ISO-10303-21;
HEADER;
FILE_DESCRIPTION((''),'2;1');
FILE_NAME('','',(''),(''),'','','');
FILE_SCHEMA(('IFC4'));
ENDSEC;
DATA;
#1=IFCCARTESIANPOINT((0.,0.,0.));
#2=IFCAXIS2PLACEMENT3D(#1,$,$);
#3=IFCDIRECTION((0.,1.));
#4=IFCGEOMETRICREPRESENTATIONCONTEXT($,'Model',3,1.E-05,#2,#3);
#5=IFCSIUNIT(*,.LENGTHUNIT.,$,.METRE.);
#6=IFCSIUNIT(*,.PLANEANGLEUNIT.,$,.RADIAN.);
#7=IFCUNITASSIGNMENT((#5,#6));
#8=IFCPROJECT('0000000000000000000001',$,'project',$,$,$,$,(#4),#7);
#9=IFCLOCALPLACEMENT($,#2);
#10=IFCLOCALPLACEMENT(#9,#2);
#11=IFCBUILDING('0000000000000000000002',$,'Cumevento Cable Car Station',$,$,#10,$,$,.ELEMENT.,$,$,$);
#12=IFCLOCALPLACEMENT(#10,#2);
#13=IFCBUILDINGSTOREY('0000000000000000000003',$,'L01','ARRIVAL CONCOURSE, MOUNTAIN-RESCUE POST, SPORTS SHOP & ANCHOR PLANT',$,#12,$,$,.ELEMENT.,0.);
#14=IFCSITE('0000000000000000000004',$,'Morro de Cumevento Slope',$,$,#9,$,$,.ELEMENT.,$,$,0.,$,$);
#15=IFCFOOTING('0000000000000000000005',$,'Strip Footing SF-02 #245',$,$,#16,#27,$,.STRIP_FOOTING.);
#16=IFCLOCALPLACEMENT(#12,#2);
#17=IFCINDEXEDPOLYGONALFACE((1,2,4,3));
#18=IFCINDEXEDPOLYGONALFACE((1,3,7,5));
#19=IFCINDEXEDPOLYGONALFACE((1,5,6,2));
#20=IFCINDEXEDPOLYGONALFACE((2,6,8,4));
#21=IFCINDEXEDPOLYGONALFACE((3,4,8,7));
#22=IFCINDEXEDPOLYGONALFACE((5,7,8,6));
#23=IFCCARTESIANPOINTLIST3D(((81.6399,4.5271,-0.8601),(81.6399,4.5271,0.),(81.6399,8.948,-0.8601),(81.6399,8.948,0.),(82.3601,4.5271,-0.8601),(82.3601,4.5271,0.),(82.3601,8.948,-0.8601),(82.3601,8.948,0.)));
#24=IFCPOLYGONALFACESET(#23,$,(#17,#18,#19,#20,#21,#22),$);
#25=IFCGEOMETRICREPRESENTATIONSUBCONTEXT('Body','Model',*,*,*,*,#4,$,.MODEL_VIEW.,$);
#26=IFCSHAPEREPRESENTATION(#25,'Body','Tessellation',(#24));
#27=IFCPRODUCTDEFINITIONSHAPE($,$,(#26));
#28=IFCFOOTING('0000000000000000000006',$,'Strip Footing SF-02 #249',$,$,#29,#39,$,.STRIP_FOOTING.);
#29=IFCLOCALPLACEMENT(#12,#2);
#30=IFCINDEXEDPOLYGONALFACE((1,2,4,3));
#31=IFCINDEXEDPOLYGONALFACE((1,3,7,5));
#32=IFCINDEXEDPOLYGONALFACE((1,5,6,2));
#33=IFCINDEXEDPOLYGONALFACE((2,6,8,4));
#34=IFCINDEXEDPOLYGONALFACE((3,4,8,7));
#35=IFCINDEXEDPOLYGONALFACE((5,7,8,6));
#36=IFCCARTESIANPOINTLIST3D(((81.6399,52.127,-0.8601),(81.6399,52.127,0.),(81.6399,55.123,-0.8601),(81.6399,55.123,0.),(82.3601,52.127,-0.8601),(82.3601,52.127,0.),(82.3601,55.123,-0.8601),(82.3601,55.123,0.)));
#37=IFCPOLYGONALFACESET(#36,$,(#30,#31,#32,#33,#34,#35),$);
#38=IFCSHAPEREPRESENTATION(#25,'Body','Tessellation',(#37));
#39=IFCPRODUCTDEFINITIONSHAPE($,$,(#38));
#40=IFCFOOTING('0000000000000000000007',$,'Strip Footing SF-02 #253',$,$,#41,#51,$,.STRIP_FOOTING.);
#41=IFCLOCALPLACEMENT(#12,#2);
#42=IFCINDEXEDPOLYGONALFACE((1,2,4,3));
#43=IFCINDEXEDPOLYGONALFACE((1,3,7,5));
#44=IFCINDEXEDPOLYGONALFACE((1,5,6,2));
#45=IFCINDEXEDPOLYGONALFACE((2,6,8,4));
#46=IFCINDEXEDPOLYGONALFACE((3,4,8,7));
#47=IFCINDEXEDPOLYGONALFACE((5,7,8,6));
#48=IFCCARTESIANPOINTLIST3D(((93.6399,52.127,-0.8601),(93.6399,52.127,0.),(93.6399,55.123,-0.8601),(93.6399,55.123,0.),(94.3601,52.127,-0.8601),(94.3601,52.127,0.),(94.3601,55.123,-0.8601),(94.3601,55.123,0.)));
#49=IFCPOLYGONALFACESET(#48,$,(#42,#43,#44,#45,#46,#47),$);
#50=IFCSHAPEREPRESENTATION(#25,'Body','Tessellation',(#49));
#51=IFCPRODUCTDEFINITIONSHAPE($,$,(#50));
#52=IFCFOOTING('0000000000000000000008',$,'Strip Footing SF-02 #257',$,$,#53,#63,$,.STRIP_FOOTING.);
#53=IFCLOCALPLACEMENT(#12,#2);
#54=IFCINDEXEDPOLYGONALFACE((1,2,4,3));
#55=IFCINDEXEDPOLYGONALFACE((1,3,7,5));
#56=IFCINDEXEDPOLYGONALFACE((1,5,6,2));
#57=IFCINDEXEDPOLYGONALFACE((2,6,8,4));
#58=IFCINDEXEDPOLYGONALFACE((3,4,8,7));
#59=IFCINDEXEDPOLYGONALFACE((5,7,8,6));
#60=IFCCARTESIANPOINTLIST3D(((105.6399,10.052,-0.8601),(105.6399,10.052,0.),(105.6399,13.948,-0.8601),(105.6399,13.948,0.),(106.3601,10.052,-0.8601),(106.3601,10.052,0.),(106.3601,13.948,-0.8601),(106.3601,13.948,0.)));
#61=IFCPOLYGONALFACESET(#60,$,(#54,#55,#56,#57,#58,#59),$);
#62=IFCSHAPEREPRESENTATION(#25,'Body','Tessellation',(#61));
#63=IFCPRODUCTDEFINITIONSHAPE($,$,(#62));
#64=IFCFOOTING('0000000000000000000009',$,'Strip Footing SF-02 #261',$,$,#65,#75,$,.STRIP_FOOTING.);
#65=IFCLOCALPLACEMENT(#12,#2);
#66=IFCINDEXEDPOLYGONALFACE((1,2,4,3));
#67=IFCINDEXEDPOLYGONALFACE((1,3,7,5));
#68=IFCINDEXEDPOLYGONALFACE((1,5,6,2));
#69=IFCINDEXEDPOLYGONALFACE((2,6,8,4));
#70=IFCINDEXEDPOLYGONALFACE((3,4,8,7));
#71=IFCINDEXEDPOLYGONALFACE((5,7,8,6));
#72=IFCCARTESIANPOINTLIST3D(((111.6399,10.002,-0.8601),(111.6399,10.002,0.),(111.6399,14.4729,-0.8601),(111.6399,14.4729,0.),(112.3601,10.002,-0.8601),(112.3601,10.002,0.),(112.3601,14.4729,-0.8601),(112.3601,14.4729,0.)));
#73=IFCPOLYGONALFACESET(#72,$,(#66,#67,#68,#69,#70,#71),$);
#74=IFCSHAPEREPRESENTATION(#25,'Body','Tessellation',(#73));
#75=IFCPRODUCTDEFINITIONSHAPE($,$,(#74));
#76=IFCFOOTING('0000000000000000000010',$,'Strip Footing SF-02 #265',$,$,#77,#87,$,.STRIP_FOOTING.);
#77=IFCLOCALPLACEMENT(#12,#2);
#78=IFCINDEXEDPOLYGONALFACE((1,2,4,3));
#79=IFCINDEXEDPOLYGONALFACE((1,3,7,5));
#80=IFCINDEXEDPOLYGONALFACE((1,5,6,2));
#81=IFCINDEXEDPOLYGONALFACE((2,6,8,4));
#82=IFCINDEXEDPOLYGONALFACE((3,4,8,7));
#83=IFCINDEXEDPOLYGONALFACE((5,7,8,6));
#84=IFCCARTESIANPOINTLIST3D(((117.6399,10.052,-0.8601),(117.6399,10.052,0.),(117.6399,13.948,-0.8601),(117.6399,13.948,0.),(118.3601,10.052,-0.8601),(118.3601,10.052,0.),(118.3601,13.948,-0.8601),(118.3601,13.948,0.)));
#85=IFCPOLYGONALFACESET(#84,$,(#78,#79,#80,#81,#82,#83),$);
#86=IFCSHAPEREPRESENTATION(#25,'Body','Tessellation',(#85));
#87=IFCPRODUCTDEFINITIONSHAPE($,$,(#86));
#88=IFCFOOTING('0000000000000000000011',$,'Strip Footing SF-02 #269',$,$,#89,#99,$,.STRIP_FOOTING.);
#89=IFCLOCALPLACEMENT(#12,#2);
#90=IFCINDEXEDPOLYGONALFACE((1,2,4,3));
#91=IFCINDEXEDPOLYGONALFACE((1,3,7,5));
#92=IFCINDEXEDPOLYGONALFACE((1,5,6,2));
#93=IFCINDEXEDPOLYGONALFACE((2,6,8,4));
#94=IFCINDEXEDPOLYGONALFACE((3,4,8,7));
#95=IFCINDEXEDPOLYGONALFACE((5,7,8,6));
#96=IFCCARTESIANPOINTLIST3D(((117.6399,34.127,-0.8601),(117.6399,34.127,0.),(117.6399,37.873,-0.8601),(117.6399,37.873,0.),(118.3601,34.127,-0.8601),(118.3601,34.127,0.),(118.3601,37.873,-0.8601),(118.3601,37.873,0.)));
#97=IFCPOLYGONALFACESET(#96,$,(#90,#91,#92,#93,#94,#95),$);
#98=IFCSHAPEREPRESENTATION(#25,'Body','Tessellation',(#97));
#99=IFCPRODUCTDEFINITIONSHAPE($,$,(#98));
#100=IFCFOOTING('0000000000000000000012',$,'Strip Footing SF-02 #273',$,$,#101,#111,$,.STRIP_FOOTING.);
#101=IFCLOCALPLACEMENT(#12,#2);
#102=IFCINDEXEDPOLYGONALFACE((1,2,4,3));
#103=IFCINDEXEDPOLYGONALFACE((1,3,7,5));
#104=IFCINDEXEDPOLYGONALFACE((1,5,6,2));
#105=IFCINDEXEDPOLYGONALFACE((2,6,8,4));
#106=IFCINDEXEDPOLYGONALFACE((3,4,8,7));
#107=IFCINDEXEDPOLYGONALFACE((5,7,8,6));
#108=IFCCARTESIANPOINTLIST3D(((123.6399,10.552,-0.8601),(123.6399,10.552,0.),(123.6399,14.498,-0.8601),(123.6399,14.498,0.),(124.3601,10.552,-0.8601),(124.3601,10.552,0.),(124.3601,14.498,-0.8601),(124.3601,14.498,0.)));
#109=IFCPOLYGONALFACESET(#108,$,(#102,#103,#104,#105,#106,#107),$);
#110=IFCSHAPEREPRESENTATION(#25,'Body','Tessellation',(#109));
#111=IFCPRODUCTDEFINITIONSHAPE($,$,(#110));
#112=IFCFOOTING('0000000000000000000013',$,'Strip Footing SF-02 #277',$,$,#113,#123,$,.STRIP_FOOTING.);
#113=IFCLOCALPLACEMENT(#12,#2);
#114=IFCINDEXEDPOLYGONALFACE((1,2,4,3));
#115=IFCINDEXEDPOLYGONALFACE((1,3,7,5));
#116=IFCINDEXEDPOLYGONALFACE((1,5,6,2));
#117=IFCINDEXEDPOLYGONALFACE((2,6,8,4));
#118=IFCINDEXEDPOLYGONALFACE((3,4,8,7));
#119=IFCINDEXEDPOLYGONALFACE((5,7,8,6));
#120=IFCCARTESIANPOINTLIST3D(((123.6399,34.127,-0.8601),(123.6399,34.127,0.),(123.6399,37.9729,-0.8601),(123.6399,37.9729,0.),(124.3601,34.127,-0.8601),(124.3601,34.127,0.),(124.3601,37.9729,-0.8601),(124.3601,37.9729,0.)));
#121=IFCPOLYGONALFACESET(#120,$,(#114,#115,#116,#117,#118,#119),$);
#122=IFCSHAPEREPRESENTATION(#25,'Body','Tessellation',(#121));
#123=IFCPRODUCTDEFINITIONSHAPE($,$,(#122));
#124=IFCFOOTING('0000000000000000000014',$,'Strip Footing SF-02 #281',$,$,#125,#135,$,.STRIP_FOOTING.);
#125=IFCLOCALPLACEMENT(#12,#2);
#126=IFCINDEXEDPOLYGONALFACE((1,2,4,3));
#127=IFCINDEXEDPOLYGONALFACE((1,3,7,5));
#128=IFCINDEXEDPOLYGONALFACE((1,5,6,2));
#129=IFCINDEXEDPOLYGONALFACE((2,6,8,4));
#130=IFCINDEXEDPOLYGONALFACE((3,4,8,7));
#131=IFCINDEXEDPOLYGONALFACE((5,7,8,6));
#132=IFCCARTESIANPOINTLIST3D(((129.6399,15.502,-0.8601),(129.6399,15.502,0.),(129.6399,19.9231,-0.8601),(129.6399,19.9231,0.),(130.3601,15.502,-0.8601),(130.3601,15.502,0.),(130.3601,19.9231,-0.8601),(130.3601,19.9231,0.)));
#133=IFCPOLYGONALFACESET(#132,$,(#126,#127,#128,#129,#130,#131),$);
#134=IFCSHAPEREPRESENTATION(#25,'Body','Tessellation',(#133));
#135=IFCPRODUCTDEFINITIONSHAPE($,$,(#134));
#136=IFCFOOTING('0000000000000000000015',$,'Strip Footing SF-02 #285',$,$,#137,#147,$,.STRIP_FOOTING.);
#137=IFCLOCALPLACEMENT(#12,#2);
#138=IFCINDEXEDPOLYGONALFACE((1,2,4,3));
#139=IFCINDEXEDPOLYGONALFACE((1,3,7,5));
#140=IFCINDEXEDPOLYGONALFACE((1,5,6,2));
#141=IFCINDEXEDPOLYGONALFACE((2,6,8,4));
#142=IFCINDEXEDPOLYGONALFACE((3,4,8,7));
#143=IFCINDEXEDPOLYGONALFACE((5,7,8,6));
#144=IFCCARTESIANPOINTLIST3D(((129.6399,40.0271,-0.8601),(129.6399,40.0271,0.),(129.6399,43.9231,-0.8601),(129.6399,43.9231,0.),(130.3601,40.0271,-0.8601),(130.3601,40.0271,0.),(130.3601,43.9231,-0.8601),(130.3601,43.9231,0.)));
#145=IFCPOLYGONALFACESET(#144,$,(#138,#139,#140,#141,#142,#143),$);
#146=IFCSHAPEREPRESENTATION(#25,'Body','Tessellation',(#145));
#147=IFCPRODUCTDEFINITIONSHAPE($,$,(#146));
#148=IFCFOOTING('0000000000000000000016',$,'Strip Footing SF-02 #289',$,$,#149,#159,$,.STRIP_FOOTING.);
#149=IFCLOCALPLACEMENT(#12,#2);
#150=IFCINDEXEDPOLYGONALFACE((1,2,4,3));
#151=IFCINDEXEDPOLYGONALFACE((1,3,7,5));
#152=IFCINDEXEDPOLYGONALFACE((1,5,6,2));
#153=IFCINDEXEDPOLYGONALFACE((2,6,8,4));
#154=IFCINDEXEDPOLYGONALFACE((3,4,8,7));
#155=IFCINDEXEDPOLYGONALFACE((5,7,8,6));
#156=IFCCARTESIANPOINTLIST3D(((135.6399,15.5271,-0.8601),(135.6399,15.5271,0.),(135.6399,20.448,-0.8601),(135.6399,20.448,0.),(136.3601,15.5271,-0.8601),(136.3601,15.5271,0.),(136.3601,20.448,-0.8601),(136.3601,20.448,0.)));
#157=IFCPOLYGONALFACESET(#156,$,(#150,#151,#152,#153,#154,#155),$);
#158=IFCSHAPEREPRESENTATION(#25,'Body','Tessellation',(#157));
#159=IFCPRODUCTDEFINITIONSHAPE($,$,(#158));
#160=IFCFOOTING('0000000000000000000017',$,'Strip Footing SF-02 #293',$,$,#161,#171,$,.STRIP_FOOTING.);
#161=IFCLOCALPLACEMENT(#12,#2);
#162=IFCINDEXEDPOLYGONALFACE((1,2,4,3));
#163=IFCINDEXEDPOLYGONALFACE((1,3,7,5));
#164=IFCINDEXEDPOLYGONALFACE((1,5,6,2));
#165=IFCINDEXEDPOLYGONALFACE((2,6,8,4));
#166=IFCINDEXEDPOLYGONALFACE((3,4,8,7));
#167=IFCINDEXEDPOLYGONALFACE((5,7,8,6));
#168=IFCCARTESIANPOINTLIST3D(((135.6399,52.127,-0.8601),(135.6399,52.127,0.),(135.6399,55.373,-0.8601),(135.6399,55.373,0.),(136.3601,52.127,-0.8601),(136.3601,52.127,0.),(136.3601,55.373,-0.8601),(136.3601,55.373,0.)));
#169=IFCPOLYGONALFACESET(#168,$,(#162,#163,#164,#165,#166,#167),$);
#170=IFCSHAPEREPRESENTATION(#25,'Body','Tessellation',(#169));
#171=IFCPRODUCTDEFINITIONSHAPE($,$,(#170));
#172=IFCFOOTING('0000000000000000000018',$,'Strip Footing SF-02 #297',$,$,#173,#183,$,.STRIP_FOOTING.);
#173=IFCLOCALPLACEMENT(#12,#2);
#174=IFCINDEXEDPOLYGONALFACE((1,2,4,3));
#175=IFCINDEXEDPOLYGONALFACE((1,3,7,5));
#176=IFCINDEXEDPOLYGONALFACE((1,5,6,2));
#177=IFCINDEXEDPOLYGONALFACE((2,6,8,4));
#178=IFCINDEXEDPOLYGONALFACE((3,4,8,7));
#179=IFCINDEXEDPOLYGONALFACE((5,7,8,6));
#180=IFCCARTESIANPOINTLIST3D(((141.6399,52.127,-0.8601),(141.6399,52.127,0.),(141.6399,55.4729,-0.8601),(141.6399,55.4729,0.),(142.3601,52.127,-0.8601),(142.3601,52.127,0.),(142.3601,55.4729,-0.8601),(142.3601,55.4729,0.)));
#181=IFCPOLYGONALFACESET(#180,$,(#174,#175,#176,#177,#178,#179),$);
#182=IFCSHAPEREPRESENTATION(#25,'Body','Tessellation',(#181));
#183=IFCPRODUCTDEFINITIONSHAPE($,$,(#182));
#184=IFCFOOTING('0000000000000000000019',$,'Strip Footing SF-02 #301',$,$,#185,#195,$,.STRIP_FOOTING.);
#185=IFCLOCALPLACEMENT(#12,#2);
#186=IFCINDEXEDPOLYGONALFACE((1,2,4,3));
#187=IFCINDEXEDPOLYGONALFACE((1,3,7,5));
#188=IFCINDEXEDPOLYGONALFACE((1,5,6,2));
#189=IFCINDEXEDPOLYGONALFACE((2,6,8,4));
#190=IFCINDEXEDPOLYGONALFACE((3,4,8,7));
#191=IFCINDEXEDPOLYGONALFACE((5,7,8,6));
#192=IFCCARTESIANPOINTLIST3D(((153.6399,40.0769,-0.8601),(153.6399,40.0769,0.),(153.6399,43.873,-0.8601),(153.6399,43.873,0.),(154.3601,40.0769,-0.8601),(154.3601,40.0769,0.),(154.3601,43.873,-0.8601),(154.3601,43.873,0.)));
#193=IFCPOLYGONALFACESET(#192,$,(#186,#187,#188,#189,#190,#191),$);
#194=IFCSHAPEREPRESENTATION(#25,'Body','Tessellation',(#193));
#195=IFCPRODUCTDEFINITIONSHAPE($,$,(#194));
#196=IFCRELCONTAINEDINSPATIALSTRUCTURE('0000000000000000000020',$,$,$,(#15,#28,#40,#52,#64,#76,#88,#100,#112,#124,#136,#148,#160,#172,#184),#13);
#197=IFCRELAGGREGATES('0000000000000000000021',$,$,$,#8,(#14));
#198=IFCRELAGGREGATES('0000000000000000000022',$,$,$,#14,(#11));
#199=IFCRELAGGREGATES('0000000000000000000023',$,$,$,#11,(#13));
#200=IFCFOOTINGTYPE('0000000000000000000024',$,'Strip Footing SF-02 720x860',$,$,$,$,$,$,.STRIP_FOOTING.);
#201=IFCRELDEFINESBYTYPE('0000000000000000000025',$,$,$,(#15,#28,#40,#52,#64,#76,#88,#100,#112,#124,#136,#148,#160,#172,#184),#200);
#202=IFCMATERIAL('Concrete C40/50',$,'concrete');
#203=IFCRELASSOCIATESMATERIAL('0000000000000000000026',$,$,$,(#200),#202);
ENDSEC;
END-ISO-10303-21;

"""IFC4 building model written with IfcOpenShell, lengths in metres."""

from ifc_helpers import new_model, si_unit, direction, frame, origin, place, context, subcontext, project, spatial, polyline, outline, extrude, material, type_object, element, save


model = new_model("IFC4")

# Units and contexts
model_context = context("Model", 3, precision=1e-05, world=origin(), true_north=direction((0.0, 1.0)))
body_context = subcontext(model_context, "Body", "Model", "MODEL_VIEW")
ifc_project = project(units=[si_unit("LENGTHUNIT", "METRE"), si_unit("PLANEANGLEUNIT", "RADIAN")], contexts=[model_context])

# Site, building, storey
site_placement = place(None, origin())
site = spatial("IfcSite", under=ifc_project, at=site_placement, Name="Morro de Cumevento Slope", CompositionType="ELEMENT", RefElevation=0.0)
building_placement = place(site_placement, origin())
building = spatial("IfcBuilding", under=site, at=building_placement, Name="Cumevento Cable Car Station", CompositionType="ELEMENT")
storey_placement = place(building_placement, origin())
storey = spatial("IfcBuildingStorey", under=building, at=storey_placement, Name="L01", Description="ARRIVAL CONCOURSE, MOUNTAIN-RESCUE POST, SPORTS SHOP & ANCHOR PLANT", CompositionType="ELEMENT", Elevation=0.0)

# Footings
ifc_material = material(Name="Concrete C40/50", Category="concrete")
footing_type = type_object("IfcFootingType", Name="Strip Footing SF-02 720x860", PredefinedType="STRIP_FOOTING", material=ifc_material)
footing_1_placement = place(storey_placement, frame((0.0, 0.0, -0.8601)))
element("IfcFooting", 1, at=footing_1_placement, inside=storey, type_object=footing_type, Name="Strip Footing SF-02 #245", PredefinedType="STRIP_FOOTING", context=body_context, shape_type="SweptSolid", body=[
    extrude(outline(polyline([(81.6399, 4.5271), (82.3601, 4.5271), (82.3601, 8.948), (81.6399, 8.948), (81.6399, 4.5271)])), origin(), (0.0, 0.0, 1.0), 0.8601),
])
footing_2_placement = place(storey_placement, frame((0.0, 0.0, -0.8601)))
element("IfcFooting", 2, at=footing_2_placement, inside=storey, type_object=footing_type, Name="Strip Footing SF-02 #249", PredefinedType="STRIP_FOOTING", context=body_context, shape_type="SweptSolid", body=[
    extrude(outline(polyline([(81.6399, 52.127), (82.3601, 52.127), (82.3601, 55.123), (81.6399, 55.123), (81.6399, 52.127)])), origin(), (0.0, 0.0, 1.0), 0.8601),
])
footing_3_placement = place(storey_placement, frame((0.0, 0.0, -0.8601)))
element("IfcFooting", 3, at=footing_3_placement, inside=storey, type_object=footing_type, Name="Strip Footing SF-02 #253", PredefinedType="STRIP_FOOTING", context=body_context, shape_type="SweptSolid", body=[
    extrude(outline(polyline([(93.6399, 52.127), (94.3601, 52.127), (94.3601, 55.123), (93.6399, 55.123), (93.6399, 52.127)])), origin(), (0.0, 0.0, 1.0), 0.8601),
])
footing_4_placement = place(storey_placement, frame((0.0, 0.0, -0.8601)))
element("IfcFooting", 4, at=footing_4_placement, inside=storey, type_object=footing_type, Name="Strip Footing SF-02 #257", PredefinedType="STRIP_FOOTING", context=body_context, shape_type="SweptSolid", body=[
    extrude(outline(polyline([(105.6399, 10.052), (106.3601, 10.052), (106.3601, 13.948), (105.6399, 13.948), (105.6399, 10.052)])), origin(), (0.0, 0.0, 1.0), 0.8601),
])
footing_5_placement = place(storey_placement, frame((0.0, 0.0, -0.8601)))
element("IfcFooting", 5, at=footing_5_placement, inside=storey, type_object=footing_type, Name="Strip Footing SF-02 #261", PredefinedType="STRIP_FOOTING", context=body_context, shape_type="SweptSolid", body=[
    extrude(outline(polyline([(111.6399, 10.002), (112.3601, 10.002), (112.3601, 14.4729), (111.6399, 14.4729), (111.6399, 10.002)])), origin(), (0.0, 0.0, 1.0), 0.8601),
])
footing_6_placement = place(storey_placement, frame((0.0, 0.0, -0.8601)))
element("IfcFooting", 6, at=footing_6_placement, inside=storey, type_object=footing_type, Name="Strip Footing SF-02 #265", PredefinedType="STRIP_FOOTING", context=body_context, shape_type="SweptSolid", body=[
    extrude(outline(polyline([(117.6399, 10.052), (118.3601, 10.052), (118.3601, 13.948), (117.6399, 13.948), (117.6399, 10.052)])), origin(), (0.0, 0.0, 1.0), 0.8601),
])
footing_7_placement = place(storey_placement, frame((0.0, 0.0, -0.8601)))
element("IfcFooting", 7, at=footing_7_placement, inside=storey, type_object=footing_type, Name="Strip Footing SF-02 #269", PredefinedType="STRIP_FOOTING", context=body_context, shape_type="SweptSolid", body=[
    extrude(outline(polyline([(117.6399, 34.127), (118.3601, 34.127), (118.3601, 37.873), (117.6399, 37.873), (117.6399, 34.127)])), origin(), (0.0, 0.0, 1.0), 0.8601),
])
footing_8_placement = place(storey_placement, frame((0.0, 0.0, -0.8601)))
element("IfcFooting", 8, at=footing_8_placement, inside=storey, type_object=footing_type, Name="Strip Footing SF-02 #273", PredefinedType="STRIP_FOOTING", context=body_context, shape_type="SweptSolid", body=[
    extrude(outline(polyline([(123.6399, 10.552), (124.3601, 10.552), (124.3601, 14.498), (123.6399, 14.498), (123.6399, 10.552)])), origin(), (0.0, 0.0, 1.0), 0.8601),
])
footing_9_placement = place(storey_placement, frame((0.0, 0.0, -0.8601)))
element("IfcFooting", 9, at=footing_9_placement, inside=storey, type_object=footing_type, Name="Strip Footing SF-02 #277", PredefinedType="STRIP_FOOTING", context=body_context, shape_type="SweptSolid", body=[
    extrude(outline(polyline([(123.6399, 34.127), (124.3601, 34.127), (124.3601, 37.9729), (123.6399, 37.9729), (123.6399, 34.127)])), origin(), (0.0, 0.0, 1.0), 0.8601),
])
footing_10_placement = place(storey_placement, frame((0.0, 0.0, -0.8601)))
element("IfcFooting", 10, at=footing_10_placement, inside=storey, type_object=footing_type, Name="Strip Footing SF-02 #281", PredefinedType="STRIP_FOOTING", context=body_context, shape_type="SweptSolid", body=[
    extrude(outline(polyline([(129.6399, 15.502), (130.3601, 15.502), (130.3601, 19.9231), (129.6399, 19.9231), (129.6399, 15.502)])), origin(), (0.0, 0.0, 1.0), 0.8601),
])
footing_11_placement = place(storey_placement, frame((0.0, 0.0, -0.8601)))
element("IfcFooting", 11, at=footing_11_placement, inside=storey, type_object=footing_type, Name="Strip Footing SF-02 #285", PredefinedType="STRIP_FOOTING", context=body_context, shape_type="SweptSolid", body=[
    extrude(outline(polyline([(129.6399, 40.0271), (130.3601, 40.0271), (130.3601, 43.9231), (129.6399, 43.9231), (129.6399, 40.0271)])), origin(), (0.0, 0.0, 1.0), 0.8601),
])
footing_12_placement = place(storey_placement, frame((0.0, 0.0, -0.8601)))
element("IfcFooting", 12, at=footing_12_placement, inside=storey, type_object=footing_type, Name="Strip Footing SF-02 #289", PredefinedType="STRIP_FOOTING", context=body_context, shape_type="SweptSolid", body=[
    extrude(outline(polyline([(135.6399, 15.5271), (136.3601, 15.5271), (136.3601, 20.448), (135.6399, 20.448), (135.6399, 15.5271)])), origin(), (0.0, 0.0, 1.0), 0.8601),
])
footing_13_placement = place(storey_placement, frame((0.0, 0.0, -0.8601)))
element("IfcFooting", 13, at=footing_13_placement, inside=storey, type_object=footing_type, Name="Strip Footing SF-02 #293", PredefinedType="STRIP_FOOTING", context=body_context, shape_type="SweptSolid", body=[
    extrude(outline(polyline([(135.6399, 52.127), (136.3601, 52.127), (136.3601, 55.373), (135.6399, 55.373), (135.6399, 52.127)])), origin(), (0.0, 0.0, 1.0), 0.8601),
])
footing_14_placement = place(storey_placement, frame((0.0, 0.0, -0.8601)))
element("IfcFooting", 14, at=footing_14_placement, inside=storey, type_object=footing_type, Name="Strip Footing SF-02 #297", PredefinedType="STRIP_FOOTING", context=body_context, shape_type="SweptSolid", body=[
    extrude(outline(polyline([(141.6399, 52.127), (142.3601, 52.127), (142.3601, 55.4729), (141.6399, 55.4729), (141.6399, 52.127)])), origin(), (0.0, 0.0, 1.0), 0.8601),
])
footing_15_placement = place(storey_placement, frame((0.0, 0.0, -0.8601)))
element("IfcFooting", 15, at=footing_15_placement, inside=storey, type_object=footing_type, Name="Strip Footing SF-02 #301", PredefinedType="STRIP_FOOTING", context=body_context, shape_type="SweptSolid", body=[
    extrude(outline(polyline([(153.6399, 40.0769), (154.3601, 40.0769), (154.3601, 43.873), (153.6399, 43.873), (153.6399, 40.0769)])), origin(), (0.0, 0.0, 1.0), 0.8601),
])

save(model, "model.ifc")
